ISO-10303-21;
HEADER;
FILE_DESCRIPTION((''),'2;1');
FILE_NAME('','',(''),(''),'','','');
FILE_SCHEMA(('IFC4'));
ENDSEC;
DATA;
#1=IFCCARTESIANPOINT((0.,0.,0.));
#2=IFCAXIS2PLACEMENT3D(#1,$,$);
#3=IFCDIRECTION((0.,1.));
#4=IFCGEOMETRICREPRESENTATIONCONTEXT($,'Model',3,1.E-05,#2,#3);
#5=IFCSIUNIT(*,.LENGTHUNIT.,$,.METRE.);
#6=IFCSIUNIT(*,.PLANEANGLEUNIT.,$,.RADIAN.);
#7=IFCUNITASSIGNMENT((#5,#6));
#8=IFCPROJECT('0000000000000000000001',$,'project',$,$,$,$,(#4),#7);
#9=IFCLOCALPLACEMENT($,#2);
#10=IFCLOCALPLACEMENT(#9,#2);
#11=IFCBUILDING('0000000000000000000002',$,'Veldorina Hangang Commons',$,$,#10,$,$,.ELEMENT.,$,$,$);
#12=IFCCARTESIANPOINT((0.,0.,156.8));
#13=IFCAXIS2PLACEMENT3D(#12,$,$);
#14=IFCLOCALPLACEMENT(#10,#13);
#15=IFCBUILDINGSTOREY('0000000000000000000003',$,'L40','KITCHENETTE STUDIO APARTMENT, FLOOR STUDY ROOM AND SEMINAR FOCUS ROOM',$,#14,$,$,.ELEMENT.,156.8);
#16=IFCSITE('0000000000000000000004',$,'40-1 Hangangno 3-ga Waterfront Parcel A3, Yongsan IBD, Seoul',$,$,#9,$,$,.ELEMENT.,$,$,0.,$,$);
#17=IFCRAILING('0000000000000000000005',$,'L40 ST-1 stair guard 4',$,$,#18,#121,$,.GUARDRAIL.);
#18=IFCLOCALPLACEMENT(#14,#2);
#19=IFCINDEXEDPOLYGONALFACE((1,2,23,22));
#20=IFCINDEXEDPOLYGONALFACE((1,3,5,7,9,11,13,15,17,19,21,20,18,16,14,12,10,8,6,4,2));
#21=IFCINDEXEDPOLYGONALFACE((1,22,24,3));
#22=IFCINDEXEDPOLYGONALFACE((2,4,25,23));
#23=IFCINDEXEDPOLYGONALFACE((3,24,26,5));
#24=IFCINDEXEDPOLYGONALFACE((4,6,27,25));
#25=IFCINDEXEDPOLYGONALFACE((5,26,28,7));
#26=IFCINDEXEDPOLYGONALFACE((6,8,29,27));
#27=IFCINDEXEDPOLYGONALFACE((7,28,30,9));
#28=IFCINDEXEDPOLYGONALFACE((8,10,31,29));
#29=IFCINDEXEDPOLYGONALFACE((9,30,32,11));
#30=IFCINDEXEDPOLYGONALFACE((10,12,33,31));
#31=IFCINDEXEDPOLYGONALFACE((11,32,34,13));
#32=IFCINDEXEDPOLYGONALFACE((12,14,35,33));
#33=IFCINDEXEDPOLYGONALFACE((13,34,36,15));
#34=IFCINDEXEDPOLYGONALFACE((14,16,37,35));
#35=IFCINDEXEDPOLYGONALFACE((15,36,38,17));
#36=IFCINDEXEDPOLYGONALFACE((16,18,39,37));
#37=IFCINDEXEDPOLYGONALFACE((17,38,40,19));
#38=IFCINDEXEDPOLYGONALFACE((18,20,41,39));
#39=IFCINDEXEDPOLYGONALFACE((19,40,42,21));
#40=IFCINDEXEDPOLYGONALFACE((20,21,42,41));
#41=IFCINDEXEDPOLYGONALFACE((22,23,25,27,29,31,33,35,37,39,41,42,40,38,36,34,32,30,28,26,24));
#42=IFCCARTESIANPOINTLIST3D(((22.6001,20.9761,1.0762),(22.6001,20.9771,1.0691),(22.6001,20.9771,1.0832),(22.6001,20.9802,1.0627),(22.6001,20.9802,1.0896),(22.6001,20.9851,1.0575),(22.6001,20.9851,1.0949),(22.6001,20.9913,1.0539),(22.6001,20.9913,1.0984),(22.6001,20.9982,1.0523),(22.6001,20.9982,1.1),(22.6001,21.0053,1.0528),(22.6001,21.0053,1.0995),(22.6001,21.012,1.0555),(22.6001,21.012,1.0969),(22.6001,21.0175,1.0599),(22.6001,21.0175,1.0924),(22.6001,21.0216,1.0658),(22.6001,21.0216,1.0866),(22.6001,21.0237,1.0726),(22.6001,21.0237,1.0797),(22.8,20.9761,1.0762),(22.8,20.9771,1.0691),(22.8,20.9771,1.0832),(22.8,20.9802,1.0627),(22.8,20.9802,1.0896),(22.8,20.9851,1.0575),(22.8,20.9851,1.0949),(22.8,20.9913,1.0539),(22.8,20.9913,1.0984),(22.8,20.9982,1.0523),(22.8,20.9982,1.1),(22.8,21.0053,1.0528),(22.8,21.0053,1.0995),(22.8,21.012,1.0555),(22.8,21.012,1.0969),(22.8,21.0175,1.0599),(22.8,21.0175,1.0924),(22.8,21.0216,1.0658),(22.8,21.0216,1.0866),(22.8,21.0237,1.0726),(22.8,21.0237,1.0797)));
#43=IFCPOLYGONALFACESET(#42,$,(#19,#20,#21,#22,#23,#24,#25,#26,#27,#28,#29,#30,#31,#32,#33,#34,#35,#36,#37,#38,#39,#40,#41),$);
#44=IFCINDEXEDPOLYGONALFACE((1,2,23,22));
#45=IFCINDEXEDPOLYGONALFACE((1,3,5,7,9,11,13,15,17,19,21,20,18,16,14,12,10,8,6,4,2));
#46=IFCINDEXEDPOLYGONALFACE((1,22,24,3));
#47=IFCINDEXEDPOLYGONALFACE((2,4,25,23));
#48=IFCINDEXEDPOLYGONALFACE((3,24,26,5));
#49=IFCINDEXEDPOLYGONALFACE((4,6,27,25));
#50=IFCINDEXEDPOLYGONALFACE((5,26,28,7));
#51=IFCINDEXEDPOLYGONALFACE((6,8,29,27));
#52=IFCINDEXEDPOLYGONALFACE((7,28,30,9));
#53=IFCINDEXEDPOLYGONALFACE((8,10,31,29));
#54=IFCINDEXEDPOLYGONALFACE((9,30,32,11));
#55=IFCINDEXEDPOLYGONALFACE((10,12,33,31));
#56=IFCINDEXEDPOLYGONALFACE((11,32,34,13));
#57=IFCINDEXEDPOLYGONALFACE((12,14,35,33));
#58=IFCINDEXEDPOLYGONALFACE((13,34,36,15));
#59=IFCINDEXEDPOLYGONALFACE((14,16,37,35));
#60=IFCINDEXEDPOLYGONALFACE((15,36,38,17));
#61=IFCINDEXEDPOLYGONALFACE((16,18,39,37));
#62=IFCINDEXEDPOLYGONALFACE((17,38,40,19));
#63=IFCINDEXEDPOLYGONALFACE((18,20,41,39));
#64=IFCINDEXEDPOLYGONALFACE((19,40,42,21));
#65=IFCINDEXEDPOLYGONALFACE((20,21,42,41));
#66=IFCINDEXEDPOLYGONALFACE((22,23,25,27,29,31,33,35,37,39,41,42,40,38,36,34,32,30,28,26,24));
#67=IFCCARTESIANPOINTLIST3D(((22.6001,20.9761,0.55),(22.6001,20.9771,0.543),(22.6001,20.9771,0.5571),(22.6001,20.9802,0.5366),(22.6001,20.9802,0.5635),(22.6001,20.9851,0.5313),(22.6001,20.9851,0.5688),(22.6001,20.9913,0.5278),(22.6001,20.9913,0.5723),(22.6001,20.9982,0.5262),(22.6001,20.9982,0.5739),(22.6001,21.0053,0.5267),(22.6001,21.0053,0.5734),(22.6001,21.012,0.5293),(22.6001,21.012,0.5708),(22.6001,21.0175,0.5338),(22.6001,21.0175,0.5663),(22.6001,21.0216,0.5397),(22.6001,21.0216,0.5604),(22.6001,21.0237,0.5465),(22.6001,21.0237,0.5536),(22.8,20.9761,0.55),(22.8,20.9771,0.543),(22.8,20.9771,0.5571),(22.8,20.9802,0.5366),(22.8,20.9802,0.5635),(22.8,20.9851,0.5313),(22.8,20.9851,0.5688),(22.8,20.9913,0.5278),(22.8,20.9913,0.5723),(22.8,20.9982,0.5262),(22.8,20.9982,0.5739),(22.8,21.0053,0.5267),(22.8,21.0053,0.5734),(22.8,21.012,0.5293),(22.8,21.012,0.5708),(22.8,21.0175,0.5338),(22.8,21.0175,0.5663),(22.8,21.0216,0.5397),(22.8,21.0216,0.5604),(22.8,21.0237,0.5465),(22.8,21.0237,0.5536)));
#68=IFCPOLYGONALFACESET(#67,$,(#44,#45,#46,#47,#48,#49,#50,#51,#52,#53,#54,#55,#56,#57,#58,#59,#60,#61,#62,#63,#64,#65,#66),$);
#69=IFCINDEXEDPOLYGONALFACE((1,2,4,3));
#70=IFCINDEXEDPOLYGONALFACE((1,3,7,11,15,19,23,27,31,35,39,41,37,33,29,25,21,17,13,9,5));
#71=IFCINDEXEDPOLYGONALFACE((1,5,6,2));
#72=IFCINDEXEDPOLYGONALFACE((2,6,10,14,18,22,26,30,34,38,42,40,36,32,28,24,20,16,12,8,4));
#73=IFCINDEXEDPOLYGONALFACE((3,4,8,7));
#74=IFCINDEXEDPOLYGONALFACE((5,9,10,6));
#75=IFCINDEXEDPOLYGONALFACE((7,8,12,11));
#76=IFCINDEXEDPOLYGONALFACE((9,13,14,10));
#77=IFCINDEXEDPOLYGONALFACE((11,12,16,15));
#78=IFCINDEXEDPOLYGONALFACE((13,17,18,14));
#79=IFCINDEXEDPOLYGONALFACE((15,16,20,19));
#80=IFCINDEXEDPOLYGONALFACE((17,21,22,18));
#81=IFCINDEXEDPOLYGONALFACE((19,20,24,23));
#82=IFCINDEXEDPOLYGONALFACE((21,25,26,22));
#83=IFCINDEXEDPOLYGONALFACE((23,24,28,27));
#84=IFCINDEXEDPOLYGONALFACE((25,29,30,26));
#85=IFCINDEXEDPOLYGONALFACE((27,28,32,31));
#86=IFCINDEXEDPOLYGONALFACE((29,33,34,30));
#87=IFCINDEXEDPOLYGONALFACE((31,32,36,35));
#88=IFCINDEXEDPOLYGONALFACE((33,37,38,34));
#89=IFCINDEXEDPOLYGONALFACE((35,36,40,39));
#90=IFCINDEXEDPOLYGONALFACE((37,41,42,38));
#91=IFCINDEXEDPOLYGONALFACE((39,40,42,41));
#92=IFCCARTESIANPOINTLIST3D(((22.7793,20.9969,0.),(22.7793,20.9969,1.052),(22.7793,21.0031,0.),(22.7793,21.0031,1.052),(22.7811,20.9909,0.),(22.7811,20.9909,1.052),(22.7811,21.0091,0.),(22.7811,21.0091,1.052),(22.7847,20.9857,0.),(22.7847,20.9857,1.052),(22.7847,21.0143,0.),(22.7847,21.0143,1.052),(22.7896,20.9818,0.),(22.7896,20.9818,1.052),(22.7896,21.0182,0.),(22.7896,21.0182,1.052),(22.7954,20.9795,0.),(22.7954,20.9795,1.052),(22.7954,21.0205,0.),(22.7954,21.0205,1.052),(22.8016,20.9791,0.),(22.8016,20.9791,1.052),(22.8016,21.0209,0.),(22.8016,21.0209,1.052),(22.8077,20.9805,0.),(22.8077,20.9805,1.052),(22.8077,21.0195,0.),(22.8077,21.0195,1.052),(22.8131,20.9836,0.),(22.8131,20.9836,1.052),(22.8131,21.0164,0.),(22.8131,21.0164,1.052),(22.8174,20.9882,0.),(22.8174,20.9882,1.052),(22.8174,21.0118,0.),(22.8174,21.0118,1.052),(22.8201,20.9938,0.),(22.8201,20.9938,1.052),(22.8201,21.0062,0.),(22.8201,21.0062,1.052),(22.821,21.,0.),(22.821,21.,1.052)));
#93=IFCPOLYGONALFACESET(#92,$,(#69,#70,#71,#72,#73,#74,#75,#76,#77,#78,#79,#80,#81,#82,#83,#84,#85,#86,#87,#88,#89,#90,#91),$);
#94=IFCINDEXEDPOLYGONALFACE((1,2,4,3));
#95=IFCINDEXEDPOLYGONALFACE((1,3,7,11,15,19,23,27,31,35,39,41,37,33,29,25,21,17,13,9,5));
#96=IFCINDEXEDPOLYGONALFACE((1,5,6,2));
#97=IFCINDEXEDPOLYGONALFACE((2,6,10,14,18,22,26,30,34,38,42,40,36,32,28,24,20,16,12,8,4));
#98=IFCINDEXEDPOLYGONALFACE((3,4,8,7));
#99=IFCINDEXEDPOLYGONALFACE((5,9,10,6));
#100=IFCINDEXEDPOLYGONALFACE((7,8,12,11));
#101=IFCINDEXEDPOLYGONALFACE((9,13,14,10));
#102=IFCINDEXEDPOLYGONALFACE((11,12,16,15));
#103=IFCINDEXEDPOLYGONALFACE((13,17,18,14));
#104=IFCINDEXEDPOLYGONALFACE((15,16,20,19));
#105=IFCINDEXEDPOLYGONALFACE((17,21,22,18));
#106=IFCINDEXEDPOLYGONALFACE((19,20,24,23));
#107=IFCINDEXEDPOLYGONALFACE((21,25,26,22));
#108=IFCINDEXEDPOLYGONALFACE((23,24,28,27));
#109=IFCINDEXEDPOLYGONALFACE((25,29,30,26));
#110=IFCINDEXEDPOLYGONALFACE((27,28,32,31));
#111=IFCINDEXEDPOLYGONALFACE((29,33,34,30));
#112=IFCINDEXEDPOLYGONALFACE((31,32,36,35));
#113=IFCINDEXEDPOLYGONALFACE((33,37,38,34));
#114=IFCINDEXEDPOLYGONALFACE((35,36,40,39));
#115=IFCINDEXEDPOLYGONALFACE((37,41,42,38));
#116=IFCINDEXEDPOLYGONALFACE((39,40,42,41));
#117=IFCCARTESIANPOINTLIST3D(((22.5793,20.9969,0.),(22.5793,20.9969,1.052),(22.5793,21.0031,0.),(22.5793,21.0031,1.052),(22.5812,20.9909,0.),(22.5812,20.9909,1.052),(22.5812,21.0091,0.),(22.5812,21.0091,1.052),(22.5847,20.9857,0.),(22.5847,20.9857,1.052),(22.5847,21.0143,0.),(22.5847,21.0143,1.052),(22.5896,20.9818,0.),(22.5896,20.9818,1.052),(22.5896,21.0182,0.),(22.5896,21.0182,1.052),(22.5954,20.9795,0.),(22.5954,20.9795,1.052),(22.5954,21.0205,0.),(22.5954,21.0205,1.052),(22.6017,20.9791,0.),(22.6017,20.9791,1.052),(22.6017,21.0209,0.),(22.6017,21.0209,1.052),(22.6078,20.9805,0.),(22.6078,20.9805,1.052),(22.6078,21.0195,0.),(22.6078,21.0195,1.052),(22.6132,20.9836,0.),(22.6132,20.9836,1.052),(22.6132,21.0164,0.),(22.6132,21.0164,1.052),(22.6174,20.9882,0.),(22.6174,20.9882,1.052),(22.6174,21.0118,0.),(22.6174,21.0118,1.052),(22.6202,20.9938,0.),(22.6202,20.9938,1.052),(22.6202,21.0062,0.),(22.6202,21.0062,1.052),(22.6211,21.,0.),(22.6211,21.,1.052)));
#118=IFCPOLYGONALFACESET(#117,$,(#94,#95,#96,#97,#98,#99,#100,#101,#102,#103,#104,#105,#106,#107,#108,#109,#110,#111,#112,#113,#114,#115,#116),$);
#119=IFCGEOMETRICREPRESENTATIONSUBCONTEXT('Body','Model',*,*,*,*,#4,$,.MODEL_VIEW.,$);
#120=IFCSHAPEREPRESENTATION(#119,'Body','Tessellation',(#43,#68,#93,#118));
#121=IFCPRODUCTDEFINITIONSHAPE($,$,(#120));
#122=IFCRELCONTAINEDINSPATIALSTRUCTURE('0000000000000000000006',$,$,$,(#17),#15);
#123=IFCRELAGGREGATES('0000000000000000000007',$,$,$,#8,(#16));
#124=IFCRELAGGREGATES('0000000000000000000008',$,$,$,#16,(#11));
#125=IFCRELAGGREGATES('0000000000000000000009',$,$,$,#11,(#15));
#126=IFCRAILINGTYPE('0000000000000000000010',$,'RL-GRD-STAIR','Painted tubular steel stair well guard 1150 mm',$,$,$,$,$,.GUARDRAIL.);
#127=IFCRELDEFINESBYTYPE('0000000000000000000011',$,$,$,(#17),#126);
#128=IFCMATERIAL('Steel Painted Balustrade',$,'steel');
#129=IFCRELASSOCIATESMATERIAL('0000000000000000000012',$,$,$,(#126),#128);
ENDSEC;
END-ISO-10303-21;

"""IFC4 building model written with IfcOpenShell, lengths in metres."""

from ifc_helpers import new_model, si_unit, direction, frame, origin, origin_2d, place, context, subcontext, project, spatial, circle, extrude, material, type_object, element, save


model = new_model("IFC4")

# Units and contexts
model_context = context("Model", 3, precision=1e-05, world=origin(), true_north=direction((0.0, 1.0)))
body_context = subcontext(model_context, "Body", "Model", "MODEL_VIEW")
ifc_project = project(units=[si_unit("LENGTHUNIT", "METRE"), si_unit("PLANEANGLEUNIT", "RADIAN")], contexts=[model_context])

# Site, building, storey
site_placement = place(None, origin())
site = spatial("IfcSite", under=ifc_project, at=site_placement, Name="40-1 Hangangno 3-ga Waterfront Parcel A3, Yongsan IBD, Seoul", CompositionType="ELEMENT", RefElevation=0.0)
building_placement = place(site_placement, origin())
building = spatial("IfcBuilding", under=site, at=building_placement, Name="Veldorina Hangang Commons", CompositionType="ELEMENT")
storey_placement = place(building_placement, frame((0.0, 0.0, 156.8)))
storey = spatial("IfcBuildingStorey", under=building, at=storey_placement, Name="L40", Description="KITCHENETTE STUDIO APARTMENT, FLOOR STUDY ROOM AND SEMINAR FOCUS ROOM", CompositionType="ELEMENT", Elevation=156.8)

# Railing
ifc_material_1 = material(Name="Steel Painted Balustrade", Category="steel")
railing_type_1 = type_object("IfcRailingType", Name="RL-GRD-STAIR", Description="Painted tubular steel stair well guard 1150 mm", PredefinedType="GUARDRAIL", material=ifc_material_1)
railing_1_placement = place(storey_placement, frame((22.8, 21.0, 0.0)))
element("IfcRailing", 1, at=railing_1_placement, inside=storey, type_object=railing_type_1, Name="L40 ST-1 stair guard 4", PredefinedType="GUARDRAIL", context=body_context, shape_type="SweptSolid", body=[
    extrude(circle(Radius=0.0239, at=origin_2d()), frame((0.0, 0.0, 1.0762), z_axis=(-1.0, 0.0, 0.0), x_axis=(0.0, -1.0, 0.0)), (0.0, 0.0, 1.0), 0.2),
    extrude(circle(Radius=0.0239, at=origin_2d()), frame((0.0, 0.0, 0.55), z_axis=(-1.0, 0.0, 0.0), x_axis=(0.0, -1.0, 0.0)), (0.0, 0.0, 1.0), 0.2),
    extrude(circle(Radius=0.021, at=origin_2d()), origin(), (0.0, 0.0, 1.0), 1.052),
    extrude(circle(Radius=0.021, at=origin_2d()), frame((-0.2, 0.0, 0.0)), (0.0, 0.0, 1.0), 1.052),
])

save(model, "model.ifc")
